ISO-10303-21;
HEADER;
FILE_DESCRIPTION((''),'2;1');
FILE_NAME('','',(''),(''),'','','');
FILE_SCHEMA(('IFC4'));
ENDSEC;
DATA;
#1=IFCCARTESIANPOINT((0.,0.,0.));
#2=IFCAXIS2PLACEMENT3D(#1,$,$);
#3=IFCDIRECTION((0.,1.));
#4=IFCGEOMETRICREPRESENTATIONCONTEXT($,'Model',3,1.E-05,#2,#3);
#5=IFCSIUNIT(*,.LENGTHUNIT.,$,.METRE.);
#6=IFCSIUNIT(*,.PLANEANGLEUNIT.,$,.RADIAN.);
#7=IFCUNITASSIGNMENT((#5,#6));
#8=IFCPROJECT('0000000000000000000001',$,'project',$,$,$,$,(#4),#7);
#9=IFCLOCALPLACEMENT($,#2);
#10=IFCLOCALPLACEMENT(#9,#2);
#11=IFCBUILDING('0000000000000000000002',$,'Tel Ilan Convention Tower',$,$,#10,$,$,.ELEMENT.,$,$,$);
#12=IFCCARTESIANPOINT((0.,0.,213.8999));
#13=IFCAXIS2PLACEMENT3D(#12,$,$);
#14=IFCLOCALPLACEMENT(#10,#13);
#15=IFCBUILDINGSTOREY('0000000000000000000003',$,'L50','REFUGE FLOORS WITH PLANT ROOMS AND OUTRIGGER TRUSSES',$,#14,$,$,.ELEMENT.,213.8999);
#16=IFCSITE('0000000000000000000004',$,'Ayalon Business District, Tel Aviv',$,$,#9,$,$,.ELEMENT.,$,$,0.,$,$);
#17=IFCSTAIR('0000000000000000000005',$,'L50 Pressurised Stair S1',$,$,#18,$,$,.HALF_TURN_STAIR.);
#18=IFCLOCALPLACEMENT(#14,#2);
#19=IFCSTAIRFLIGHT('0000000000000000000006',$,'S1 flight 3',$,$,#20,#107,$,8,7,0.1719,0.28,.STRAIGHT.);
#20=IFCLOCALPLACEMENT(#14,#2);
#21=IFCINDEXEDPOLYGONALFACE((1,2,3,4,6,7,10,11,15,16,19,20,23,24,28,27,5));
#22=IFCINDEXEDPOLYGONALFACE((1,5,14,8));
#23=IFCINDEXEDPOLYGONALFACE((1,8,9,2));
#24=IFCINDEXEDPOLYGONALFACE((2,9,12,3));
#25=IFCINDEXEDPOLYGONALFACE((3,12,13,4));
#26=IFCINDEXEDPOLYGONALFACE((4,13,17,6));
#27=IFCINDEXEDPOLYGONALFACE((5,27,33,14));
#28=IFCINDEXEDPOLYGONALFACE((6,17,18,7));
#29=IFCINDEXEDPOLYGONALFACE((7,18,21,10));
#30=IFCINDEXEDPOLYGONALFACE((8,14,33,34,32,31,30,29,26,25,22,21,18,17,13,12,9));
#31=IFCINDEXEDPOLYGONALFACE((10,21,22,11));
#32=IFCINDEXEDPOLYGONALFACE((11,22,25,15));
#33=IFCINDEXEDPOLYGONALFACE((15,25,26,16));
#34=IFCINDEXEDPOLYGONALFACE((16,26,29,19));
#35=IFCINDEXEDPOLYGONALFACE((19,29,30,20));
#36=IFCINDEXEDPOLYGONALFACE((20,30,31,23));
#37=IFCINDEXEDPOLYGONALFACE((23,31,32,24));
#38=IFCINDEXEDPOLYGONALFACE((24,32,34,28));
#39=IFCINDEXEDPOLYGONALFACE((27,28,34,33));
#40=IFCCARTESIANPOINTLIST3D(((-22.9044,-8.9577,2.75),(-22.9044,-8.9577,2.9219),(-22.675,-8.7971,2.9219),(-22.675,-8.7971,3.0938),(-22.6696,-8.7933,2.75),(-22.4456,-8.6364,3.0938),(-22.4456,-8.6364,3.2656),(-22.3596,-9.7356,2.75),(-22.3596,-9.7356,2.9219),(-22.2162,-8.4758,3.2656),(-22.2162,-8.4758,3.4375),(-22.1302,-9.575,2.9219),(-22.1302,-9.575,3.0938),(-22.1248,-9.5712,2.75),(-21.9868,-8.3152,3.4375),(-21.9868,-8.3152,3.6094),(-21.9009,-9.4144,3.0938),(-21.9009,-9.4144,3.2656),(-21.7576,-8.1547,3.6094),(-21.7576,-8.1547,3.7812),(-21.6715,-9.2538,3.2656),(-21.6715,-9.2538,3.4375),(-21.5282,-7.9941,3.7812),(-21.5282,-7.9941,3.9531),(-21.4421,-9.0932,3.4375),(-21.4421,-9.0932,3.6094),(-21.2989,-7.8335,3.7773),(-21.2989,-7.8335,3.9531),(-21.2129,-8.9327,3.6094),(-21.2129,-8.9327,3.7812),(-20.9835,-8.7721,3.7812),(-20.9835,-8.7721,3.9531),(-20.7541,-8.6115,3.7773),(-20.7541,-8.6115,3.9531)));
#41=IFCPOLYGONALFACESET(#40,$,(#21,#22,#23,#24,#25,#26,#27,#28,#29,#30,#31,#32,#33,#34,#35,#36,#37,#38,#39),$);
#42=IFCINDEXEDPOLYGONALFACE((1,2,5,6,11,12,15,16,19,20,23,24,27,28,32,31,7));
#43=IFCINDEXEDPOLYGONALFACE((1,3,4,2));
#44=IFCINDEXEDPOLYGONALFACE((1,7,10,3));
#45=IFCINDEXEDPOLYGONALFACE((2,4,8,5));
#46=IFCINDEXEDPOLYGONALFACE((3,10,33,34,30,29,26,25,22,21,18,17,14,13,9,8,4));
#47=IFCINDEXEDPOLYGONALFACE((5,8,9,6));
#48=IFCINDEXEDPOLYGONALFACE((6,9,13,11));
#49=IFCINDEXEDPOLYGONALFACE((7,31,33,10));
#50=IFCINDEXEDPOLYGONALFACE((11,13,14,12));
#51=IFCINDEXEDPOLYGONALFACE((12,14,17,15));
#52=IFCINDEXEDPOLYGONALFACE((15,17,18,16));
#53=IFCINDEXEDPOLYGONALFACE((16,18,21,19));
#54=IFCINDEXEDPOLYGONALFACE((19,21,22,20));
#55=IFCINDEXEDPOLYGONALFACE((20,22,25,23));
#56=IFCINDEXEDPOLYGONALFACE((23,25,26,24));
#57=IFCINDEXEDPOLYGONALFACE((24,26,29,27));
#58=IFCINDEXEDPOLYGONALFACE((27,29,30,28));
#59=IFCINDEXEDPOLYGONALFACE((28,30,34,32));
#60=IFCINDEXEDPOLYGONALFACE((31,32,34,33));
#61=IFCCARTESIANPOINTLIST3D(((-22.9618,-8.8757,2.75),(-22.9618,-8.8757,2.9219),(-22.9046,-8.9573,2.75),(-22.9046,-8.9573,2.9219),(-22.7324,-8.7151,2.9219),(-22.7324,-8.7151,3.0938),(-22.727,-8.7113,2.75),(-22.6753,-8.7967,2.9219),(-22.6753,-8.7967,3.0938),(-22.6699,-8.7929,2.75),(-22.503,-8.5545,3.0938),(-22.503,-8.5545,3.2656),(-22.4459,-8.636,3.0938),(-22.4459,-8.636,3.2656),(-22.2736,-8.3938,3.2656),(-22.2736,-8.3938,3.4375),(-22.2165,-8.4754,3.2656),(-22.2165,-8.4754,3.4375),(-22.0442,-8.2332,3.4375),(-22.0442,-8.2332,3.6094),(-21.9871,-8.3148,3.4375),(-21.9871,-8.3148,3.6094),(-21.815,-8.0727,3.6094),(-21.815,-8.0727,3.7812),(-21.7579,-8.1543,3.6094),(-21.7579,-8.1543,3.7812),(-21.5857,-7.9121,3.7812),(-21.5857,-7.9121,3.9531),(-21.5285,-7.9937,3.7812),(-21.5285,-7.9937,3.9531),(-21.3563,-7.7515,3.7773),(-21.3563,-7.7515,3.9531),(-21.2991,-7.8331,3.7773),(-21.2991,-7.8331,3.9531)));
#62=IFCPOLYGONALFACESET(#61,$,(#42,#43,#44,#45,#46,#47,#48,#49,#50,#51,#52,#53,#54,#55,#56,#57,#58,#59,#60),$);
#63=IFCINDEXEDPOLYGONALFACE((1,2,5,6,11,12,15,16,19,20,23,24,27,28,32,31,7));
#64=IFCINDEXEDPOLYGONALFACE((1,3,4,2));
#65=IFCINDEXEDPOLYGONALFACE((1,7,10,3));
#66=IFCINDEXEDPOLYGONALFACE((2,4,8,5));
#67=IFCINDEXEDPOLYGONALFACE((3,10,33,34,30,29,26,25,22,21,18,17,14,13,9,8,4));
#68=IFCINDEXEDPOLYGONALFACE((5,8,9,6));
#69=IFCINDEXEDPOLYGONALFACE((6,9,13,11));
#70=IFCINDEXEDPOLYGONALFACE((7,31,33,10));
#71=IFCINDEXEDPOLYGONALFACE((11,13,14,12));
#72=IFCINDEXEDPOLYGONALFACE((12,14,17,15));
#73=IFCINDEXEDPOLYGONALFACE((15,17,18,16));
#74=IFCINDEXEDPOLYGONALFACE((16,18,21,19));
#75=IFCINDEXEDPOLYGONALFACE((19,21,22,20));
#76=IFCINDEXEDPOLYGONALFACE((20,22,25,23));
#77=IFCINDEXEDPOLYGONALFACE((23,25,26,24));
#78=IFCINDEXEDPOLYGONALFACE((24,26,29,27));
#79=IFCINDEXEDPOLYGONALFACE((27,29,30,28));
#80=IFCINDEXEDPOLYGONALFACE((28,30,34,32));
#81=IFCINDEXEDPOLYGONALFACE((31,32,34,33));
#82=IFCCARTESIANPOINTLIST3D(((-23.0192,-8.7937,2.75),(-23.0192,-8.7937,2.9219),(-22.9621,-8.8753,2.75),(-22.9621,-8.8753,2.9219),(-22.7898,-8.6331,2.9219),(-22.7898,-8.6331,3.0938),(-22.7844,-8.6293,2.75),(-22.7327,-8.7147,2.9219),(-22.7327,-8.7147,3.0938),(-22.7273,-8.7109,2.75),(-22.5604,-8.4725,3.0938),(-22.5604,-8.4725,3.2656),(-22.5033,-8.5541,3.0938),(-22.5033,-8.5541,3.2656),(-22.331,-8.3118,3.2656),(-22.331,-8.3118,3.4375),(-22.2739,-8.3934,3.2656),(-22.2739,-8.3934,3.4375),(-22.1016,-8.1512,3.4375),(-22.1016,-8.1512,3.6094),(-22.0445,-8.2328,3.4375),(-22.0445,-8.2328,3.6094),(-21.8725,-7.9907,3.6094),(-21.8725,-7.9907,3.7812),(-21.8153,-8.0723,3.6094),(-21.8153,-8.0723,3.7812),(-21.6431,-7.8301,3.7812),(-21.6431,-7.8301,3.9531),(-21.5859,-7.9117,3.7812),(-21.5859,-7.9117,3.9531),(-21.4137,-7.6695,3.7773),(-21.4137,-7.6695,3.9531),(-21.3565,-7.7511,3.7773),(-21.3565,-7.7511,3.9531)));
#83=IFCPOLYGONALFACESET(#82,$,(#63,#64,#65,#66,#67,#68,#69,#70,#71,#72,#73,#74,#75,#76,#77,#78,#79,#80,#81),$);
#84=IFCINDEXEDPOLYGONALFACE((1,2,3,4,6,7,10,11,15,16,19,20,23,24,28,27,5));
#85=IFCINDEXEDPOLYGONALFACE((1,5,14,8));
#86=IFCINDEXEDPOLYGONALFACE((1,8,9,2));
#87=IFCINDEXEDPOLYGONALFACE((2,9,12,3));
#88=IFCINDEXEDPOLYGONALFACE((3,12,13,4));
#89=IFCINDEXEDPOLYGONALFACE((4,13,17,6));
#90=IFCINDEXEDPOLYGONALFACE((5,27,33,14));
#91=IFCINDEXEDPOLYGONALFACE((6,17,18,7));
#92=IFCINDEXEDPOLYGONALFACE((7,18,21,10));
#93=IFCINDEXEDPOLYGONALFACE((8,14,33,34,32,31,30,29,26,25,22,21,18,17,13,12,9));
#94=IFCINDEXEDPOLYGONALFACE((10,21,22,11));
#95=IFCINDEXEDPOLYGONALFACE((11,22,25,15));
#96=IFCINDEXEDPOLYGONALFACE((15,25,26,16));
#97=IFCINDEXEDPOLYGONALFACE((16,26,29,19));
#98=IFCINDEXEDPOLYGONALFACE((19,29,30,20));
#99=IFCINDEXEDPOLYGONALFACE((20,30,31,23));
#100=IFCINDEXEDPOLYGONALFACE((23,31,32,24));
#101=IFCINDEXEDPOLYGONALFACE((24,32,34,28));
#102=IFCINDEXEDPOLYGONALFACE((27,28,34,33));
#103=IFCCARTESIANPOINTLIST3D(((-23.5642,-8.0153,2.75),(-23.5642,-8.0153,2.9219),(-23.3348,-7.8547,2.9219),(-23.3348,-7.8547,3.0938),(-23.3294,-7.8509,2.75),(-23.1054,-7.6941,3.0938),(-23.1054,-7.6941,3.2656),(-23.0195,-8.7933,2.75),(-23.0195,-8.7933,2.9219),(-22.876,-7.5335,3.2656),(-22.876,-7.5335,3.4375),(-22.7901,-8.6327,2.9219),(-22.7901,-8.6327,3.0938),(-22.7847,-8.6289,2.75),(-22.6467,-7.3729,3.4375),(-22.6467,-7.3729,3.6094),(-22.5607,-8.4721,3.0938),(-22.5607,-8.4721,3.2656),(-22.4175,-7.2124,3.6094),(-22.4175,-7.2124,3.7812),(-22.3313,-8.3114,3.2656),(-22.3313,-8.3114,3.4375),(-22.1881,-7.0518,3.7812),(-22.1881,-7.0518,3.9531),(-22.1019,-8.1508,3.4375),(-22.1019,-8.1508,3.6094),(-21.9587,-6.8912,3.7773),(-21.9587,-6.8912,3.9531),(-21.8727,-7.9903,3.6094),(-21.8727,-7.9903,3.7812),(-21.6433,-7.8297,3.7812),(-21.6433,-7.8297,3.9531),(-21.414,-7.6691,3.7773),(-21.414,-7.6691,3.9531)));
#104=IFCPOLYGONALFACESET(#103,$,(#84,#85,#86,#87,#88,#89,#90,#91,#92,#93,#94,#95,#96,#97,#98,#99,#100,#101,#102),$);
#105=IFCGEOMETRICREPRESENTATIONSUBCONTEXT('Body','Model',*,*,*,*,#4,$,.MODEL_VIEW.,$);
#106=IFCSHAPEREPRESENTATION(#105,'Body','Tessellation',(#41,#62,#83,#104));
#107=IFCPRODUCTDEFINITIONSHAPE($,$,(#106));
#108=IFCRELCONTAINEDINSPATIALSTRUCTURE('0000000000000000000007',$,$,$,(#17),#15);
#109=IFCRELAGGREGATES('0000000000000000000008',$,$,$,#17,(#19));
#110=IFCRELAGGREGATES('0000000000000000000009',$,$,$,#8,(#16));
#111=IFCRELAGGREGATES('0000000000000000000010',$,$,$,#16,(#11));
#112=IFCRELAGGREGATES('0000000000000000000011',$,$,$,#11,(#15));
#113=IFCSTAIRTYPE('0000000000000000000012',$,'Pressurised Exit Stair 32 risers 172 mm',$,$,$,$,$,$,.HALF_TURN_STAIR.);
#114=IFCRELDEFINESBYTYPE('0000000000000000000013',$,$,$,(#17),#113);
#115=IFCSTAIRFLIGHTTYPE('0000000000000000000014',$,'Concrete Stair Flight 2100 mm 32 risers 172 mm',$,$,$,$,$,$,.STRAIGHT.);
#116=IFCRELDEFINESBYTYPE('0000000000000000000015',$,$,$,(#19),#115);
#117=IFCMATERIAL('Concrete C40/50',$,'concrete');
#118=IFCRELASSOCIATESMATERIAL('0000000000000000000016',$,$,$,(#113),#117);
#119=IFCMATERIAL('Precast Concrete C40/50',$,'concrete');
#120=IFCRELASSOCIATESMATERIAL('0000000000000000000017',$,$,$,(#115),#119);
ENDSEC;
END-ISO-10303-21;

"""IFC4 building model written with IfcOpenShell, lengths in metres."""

from ifc_helpers import new_model, si_unit, direction, frame, origin, place, context, subcontext, project, spatial, polyline, outline, extrude, material, type_object, element, aggregate, save


model = new_model("IFC4")

# Units and contexts
model_context = context("Model", 3, precision=1e-05, world=origin(), true_north=direction((0.0, 1.0)))
body_context = subcontext(model_context, "Body", "Model", "MODEL_VIEW")
ifc_project = project(units=[si_unit("LENGTHUNIT", "METRE"), si_unit("PLANEANGLEUNIT", "RADIAN")], contexts=[model_context])

# Site, building, storey
site_placement = place(None, origin())
site = spatial("IfcSite", under=ifc_project, at=site_placement, Name="Ayalon Business District, Tel Aviv", CompositionType="ELEMENT", RefElevation=0.0)
building_placement = place(site_placement, origin())
building = spatial("IfcBuilding", under=site, at=building_placement, Name="Tel Ilan Convention Tower", CompositionType="ELEMENT")
storey_placement = place(building_placement, frame((0.0, 0.0, 213.8999)))
storey = spatial("IfcBuildingStorey", under=building, at=storey_placement, Name="L50", Description="REFUGE FLOORS WITH PLANT ROOMS AND OUTRIGGER TRUSSES", CompositionType="ELEMENT", Elevation=213.8999)

# Stair, stair flight
ifc_material_1 = material(Name="Concrete C40/50", Category="concrete")
stair_type = type_object("IfcStairType", Name="Pressurised Exit Stair 32 risers 172 mm", PredefinedType="HALF_TURN_STAIR", material=ifc_material_1)
stair_placement = place(storey_placement, origin())
stair = element("IfcStair", 1, at=stair_placement, inside=storey, type_object=stair_type, Name="L50 Pressurised Stair S1", PredefinedType="HALF_TURN_STAIR")
ifc_material_2 = material(Name="Precast Concrete C40/50", Category="concrete")
stair_flight_type = type_object("IfcStairFlightType", Name="Concrete Stair Flight 2100 mm 32 risers 172 mm", PredefinedType="STRAIGHT", material=ifc_material_2)
stair_flight_1_placement = place(storey_placement, frame((-22.9619, -8.8755, 2.75), z_axis=(0.0, 0.0, 1.0), x_axis=(0.819152, 0.573576, 0.0)))
stair_flight_1 = element("IfcStairFlight", 2, at=stair_flight_1_placement, type_object=stair_flight_type, Name="S1 flight 3", NumberOfRisers=8, NumberOfTreads=7, PredefinedType="STRAIGHT", RiserHeight=0.1719, TreadLength=0.28, context=body_context, shape_type="SweptSolid", body=[
    extrude(outline(polyline([(0.0, 0.0), (0.0, 0.1719), (0.28, 0.1719), (0.28, 0.3438), (0.5601, 0.3438), (0.5601, 0.5156), (0.8401, 0.5156), (0.8401, 0.6875), (1.1201, 0.6875), (1.1201, 0.8594), (1.3999, 0.8594), (1.3999, 1.0312), (1.6799, 1.0312), (1.6799, 1.2031), (1.96, 1.2031), (1.96, 1.375), (1.96, 1.0273), (0.2866, 0.0), (0.0, 0.0)])), frame((0.0, -0.1003, 0.0), z_axis=(0.0, -1.0, 0.0), x_axis=(1.0, 0.0, 0.0)), (0.0, 0.0, 1.0), 0.9497),
    extrude(outline(polyline([(0.0, 0.0), (0.0, 0.1719), (0.28, 0.1719), (0.28, 0.3438), (0.5601, 0.3438), (0.5601, 0.5156), (0.8401, 0.5156), (0.8401, 0.6875), (1.1201, 0.6875), (1.1201, 0.8594), (1.3999, 0.8594), (1.3999, 1.0312), (1.6799, 1.0312), (1.6799, 1.2031), (1.96, 1.2031), (1.96, 1.375), (1.96, 1.0273), (0.2866, 0.0), (0.0, 0.0)])), frame((0.0, -0.0002, 0.0), z_axis=(0.0, -1.0, 0.0), x_axis=(1.0, 0.0, 0.0)), (0.0, 0.0, 1.0), 0.0996),
    extrude(outline(polyline([(0.0, 0.0), (0.0, 0.1719), (0.28, 0.1719), (0.28, 0.3438), (0.5601, 0.3438), (0.5601, 0.5156), (0.8401, 0.5156), (0.8401, 0.6875), (1.1201, 0.6875), (1.1201, 0.8594), (1.3999, 0.8594), (1.3999, 1.0312), (1.6799, 1.0312), (1.6799, 1.2031), (1.96, 1.2031), (1.96, 1.375), (1.96, 1.0273), (0.2866, 0.0), (0.0, 0.0)])), frame((0.0, 0.0999, 0.0), z_axis=(0.0, -1.0, 0.0), x_axis=(1.0, 0.0, 0.0)), (0.0, 0.0, 1.0), 0.0996),
    extrude(outline(polyline([(0.0, 0.0), (0.0, 0.1719), (0.28, 0.1719), (0.28, 0.3438), (0.5601, 0.3438), (0.5601, 0.5156), (0.8401, 0.5156), (0.8401, 0.6875), (1.1201, 0.6875), (1.1201, 0.8594), (1.3999, 0.8594), (1.3999, 1.0312), (1.6799, 1.0312), (1.6799, 1.2031), (1.96, 1.2031), (1.96, 1.375), (1.96, 1.0273), (0.2866, 0.0), (0.0, 0.0)])), frame((0.0, 1.05, 0.0), z_axis=(0.0, -1.0, 0.0), x_axis=(1.0, 0.0, 0.0)), (0.0, 0.0, 1.0), 0.9497),
])
aggregate(stair, [stair_flight_1])

save(model, "model.ifc")
